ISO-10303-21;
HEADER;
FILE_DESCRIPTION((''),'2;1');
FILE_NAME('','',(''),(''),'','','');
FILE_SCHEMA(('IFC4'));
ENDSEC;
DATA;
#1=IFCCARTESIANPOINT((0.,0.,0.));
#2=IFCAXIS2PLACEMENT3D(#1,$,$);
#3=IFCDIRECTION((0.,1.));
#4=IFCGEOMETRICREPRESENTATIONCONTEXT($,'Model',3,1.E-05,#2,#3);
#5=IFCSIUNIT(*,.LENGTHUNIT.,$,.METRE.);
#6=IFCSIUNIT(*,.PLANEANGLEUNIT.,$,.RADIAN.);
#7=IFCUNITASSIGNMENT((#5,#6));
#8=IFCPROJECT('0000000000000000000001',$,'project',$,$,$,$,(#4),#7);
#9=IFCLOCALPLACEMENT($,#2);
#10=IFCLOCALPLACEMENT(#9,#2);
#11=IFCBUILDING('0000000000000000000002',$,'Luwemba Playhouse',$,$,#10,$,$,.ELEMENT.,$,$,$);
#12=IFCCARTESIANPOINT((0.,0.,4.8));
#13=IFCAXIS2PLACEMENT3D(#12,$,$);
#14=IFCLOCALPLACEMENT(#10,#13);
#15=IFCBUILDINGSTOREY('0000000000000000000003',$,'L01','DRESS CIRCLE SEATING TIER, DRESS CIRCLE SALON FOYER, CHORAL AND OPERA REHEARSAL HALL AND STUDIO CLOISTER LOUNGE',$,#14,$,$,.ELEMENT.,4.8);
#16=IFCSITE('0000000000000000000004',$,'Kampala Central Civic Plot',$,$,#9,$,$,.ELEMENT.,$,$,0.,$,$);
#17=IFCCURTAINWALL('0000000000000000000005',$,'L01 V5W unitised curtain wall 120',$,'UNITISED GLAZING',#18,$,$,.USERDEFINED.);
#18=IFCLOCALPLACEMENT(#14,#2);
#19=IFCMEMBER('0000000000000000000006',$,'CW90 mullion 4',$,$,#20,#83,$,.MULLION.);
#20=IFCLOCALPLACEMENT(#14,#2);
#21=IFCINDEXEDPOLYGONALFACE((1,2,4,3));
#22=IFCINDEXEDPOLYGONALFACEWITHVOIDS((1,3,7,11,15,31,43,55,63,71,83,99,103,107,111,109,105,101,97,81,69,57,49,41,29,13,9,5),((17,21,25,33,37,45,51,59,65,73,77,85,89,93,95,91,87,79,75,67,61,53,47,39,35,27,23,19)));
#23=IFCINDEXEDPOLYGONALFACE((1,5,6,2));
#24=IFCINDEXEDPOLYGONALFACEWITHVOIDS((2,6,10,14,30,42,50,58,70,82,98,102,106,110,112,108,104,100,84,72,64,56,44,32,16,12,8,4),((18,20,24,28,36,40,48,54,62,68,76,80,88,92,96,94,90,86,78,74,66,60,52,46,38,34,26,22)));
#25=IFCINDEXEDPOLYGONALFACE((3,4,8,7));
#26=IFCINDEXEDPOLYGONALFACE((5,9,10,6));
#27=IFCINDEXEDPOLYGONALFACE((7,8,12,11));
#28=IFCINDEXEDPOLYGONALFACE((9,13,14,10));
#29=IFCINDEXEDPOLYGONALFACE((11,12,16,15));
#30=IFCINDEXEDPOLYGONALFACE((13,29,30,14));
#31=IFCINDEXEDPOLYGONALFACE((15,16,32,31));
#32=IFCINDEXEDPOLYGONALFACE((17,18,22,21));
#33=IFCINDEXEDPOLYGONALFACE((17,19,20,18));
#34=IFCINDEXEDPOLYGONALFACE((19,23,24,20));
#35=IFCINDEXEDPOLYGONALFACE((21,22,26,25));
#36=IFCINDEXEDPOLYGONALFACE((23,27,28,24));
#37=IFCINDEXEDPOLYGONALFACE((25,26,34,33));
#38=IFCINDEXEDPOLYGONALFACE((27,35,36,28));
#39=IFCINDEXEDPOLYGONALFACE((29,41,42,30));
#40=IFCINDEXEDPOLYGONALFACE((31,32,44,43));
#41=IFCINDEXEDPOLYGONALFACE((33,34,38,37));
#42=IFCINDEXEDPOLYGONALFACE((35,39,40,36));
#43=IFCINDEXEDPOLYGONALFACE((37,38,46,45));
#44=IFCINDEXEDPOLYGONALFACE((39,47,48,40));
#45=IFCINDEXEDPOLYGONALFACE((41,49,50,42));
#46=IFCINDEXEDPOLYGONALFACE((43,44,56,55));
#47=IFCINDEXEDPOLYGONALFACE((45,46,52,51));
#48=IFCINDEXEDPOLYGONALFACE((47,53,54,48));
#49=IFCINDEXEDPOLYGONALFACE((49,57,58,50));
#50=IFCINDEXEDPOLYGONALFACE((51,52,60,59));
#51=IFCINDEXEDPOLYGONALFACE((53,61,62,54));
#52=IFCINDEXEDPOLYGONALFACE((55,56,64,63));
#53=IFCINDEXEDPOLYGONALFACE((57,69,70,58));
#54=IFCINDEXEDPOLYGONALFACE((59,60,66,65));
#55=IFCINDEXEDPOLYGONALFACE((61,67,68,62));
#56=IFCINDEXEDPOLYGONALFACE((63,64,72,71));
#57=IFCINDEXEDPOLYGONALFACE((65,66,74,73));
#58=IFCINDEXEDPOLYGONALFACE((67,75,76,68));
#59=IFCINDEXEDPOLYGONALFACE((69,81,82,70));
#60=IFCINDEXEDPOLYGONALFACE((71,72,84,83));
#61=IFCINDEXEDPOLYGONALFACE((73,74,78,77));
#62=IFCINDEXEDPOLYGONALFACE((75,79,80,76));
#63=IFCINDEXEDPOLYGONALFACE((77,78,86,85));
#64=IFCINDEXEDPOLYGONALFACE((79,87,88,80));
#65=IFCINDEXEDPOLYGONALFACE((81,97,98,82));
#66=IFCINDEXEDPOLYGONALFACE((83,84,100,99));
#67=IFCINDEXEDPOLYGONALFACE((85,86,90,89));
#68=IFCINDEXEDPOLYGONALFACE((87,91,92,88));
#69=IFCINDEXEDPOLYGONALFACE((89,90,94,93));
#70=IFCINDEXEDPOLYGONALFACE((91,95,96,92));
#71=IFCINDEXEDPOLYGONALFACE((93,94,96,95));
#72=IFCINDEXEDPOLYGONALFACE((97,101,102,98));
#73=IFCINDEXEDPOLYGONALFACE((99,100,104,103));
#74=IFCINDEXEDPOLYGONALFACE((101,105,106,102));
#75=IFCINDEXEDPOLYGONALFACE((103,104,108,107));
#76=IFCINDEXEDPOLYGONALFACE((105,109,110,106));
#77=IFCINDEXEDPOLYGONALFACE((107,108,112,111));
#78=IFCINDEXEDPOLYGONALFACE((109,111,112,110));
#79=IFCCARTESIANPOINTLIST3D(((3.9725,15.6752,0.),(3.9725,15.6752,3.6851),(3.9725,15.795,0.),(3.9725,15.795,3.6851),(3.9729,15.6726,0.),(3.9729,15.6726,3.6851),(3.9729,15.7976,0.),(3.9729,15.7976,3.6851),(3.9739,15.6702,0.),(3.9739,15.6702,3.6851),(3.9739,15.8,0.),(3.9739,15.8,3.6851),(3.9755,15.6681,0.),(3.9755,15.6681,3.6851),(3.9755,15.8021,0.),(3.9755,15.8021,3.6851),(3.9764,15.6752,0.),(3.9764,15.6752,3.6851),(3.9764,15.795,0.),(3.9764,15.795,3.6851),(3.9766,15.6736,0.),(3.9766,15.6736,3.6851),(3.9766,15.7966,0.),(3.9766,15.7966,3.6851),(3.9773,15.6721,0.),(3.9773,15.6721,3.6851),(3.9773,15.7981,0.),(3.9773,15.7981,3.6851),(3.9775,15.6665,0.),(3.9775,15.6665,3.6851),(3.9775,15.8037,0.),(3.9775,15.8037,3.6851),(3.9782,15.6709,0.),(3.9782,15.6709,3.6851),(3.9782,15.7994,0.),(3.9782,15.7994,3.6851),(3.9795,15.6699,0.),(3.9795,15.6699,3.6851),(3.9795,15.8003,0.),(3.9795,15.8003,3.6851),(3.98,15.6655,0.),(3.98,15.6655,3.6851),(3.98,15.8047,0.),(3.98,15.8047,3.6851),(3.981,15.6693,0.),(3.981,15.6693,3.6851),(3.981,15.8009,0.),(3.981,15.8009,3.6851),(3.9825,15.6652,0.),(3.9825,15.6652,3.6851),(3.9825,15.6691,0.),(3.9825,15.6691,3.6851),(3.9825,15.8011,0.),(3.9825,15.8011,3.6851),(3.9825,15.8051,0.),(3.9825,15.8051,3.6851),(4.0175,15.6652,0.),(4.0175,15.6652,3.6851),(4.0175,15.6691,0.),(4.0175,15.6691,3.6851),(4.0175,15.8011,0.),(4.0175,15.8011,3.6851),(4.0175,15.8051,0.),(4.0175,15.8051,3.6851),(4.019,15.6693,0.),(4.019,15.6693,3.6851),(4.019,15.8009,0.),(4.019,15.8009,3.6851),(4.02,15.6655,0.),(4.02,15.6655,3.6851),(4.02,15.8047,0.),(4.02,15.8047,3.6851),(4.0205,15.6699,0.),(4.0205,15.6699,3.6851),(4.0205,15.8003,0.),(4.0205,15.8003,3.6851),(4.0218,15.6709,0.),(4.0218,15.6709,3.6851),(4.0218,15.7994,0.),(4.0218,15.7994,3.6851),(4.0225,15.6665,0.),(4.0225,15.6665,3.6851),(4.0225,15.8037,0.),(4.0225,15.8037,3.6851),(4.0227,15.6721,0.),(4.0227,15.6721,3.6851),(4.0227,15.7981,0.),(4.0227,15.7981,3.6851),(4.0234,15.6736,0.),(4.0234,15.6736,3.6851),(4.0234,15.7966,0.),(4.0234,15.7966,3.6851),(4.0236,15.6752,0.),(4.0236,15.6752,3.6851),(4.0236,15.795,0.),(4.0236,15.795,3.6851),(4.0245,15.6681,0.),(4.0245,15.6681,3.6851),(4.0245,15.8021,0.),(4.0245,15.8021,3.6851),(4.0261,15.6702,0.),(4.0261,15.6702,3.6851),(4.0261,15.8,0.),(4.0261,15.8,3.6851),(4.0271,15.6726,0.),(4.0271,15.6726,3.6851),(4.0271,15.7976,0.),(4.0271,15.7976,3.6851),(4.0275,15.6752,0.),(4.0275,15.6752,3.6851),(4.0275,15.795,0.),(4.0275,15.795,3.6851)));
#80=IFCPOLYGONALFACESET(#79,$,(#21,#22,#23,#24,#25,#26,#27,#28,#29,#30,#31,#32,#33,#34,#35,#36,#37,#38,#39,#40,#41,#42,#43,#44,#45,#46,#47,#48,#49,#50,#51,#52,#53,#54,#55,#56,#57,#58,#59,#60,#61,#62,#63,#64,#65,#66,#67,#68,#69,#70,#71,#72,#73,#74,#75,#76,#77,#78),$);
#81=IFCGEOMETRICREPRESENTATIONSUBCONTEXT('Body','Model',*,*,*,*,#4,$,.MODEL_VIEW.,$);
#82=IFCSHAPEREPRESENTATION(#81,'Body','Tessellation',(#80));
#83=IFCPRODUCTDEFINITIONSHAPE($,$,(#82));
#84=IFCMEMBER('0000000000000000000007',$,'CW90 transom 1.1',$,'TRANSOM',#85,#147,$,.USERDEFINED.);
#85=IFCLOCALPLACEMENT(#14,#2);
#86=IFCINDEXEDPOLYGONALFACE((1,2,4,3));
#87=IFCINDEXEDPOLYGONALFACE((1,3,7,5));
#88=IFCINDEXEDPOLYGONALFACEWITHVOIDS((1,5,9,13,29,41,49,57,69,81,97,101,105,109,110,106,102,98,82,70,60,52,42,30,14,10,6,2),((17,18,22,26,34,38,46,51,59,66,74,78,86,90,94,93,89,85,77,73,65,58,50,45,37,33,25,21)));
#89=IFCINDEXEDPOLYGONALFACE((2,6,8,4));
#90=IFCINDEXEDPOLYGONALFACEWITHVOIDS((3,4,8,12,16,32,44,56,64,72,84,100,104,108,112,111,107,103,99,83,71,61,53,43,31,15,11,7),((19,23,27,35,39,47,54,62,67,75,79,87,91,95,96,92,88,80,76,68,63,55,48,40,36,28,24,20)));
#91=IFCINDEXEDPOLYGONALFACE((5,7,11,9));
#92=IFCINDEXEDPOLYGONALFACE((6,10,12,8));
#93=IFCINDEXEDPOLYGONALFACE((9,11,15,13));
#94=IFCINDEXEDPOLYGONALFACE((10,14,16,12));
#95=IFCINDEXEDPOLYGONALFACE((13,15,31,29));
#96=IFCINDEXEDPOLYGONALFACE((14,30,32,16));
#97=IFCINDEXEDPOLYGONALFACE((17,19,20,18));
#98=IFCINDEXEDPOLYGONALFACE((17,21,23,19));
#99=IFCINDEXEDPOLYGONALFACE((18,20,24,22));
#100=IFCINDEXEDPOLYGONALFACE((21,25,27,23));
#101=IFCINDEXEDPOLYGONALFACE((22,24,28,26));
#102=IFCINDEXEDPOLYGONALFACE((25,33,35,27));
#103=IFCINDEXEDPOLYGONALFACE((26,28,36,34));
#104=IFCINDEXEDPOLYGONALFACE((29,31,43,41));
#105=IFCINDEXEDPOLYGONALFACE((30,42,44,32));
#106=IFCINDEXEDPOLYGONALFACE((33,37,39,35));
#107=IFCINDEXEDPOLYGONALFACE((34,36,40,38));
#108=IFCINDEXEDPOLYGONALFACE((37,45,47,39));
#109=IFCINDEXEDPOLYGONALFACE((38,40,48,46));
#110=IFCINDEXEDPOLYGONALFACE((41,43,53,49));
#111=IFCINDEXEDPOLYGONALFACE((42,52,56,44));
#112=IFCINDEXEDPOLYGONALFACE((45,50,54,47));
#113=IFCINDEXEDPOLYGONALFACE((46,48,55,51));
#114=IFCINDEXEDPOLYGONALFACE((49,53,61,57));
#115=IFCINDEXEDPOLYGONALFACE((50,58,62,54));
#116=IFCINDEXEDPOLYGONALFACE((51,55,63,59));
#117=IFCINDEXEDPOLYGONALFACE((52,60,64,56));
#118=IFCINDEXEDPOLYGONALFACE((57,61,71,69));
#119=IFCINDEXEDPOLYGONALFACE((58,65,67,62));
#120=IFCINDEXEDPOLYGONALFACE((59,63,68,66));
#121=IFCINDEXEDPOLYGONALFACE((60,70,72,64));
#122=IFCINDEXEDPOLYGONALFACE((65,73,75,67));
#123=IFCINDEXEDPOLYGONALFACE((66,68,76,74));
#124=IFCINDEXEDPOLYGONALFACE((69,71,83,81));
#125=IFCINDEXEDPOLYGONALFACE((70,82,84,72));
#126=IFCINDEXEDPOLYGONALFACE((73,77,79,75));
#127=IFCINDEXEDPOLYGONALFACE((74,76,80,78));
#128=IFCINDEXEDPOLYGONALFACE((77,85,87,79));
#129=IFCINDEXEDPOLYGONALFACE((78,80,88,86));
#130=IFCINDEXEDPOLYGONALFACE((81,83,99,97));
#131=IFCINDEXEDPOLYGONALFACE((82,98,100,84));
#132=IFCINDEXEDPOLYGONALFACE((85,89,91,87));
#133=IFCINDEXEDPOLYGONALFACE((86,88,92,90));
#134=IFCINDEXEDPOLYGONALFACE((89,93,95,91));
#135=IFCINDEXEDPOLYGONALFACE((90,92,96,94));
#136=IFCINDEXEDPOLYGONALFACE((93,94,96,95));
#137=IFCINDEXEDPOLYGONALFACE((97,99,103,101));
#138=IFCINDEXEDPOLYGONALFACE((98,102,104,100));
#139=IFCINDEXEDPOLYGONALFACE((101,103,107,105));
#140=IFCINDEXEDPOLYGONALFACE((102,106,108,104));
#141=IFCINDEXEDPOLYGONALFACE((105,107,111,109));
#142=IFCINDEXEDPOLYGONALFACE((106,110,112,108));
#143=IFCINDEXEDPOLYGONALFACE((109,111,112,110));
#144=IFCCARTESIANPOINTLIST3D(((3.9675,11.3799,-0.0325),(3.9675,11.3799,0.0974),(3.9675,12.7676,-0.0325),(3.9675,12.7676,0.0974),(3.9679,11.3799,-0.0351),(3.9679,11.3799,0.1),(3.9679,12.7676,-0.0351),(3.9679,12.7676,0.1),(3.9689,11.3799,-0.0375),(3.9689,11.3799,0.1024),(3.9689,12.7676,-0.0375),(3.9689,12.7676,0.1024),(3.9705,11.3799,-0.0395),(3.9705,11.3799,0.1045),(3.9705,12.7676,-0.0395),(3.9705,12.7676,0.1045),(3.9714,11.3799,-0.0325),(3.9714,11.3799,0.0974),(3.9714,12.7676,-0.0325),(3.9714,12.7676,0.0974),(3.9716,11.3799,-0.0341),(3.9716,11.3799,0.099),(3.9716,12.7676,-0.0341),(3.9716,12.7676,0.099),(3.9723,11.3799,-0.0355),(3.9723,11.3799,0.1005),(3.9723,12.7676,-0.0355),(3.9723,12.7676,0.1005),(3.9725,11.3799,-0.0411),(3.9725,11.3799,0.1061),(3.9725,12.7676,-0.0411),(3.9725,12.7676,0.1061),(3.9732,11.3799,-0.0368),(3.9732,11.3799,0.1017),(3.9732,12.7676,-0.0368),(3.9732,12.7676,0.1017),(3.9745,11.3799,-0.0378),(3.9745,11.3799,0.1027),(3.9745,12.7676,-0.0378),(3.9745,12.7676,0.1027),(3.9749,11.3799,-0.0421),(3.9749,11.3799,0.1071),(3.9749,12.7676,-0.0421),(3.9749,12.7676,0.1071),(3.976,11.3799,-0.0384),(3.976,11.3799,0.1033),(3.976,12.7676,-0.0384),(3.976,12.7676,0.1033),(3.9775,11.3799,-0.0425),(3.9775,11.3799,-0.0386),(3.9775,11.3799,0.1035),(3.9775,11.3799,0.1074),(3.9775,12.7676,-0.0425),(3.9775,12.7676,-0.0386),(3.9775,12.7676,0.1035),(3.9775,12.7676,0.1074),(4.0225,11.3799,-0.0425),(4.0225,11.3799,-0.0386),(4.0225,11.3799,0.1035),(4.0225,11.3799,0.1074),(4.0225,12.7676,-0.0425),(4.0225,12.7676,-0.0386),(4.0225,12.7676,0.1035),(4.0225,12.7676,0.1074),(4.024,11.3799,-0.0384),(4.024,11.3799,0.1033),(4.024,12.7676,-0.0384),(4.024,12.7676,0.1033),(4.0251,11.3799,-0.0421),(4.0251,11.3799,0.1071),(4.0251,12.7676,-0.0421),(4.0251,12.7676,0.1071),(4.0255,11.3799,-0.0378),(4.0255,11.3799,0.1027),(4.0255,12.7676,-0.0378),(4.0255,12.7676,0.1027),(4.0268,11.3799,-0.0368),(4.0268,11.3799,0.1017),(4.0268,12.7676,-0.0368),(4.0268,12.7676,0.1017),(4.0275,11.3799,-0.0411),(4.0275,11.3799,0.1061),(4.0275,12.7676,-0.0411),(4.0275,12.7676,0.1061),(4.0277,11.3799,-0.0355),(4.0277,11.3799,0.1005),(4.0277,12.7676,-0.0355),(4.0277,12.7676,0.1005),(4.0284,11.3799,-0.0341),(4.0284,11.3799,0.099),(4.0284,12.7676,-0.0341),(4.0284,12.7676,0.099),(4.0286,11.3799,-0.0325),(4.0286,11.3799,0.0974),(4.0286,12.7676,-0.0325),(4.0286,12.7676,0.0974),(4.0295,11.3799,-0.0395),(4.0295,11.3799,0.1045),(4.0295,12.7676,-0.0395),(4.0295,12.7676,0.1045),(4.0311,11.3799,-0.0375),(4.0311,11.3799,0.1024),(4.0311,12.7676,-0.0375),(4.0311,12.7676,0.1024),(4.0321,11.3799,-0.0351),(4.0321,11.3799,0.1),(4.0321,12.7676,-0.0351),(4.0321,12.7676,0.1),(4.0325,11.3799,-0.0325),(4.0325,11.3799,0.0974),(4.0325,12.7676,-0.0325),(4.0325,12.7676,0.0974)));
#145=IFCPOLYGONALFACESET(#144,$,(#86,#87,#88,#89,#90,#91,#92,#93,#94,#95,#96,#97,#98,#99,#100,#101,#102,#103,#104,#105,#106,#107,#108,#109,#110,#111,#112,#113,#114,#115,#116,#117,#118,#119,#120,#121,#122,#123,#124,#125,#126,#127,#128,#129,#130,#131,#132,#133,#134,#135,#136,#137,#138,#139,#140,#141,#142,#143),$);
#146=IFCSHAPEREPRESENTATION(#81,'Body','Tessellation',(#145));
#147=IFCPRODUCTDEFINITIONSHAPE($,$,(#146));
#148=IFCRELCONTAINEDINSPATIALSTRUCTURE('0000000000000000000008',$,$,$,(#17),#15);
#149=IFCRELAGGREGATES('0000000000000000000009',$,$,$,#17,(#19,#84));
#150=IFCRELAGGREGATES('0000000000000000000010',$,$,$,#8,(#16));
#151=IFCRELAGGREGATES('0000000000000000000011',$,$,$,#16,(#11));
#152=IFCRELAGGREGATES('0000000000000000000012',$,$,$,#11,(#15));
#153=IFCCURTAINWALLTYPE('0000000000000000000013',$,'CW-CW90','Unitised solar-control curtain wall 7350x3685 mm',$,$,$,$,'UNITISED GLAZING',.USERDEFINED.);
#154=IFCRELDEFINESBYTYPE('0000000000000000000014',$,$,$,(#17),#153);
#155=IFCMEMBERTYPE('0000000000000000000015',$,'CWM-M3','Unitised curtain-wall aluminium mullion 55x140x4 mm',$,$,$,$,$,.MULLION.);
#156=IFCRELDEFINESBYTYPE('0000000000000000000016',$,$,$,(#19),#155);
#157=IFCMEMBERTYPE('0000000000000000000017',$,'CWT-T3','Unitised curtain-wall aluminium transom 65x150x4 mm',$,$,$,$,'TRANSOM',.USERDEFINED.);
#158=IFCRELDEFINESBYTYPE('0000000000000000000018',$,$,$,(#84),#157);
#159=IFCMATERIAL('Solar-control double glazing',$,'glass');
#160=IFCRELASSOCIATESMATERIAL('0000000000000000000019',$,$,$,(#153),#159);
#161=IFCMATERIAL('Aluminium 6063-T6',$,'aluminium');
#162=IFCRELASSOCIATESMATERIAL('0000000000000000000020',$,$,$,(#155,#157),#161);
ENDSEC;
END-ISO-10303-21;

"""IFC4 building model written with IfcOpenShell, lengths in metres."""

from ifc_helpers import new_model, si_unit, direction, frame, origin, origin_2d, place, context, subcontext, project, spatial, hollow_rectangle, extrude, material, material_profile, profile_set, type_object, element, aggregate, save


model = new_model("IFC4")

# Units and contexts
model_context = context("Model", 3, precision=1e-05, world=origin(), true_north=direction((0.0, 1.0)))
body_context = subcontext(model_context, "Body", "Model", "MODEL_VIEW")
ifc_project = project(units=[si_unit("LENGTHUNIT", "METRE"), si_unit("PLANEANGLEUNIT", "RADIAN")], contexts=[model_context])

# Site, building, storey
site_placement = place(None, origin())
site = spatial("IfcSite", under=ifc_project, at=site_placement, Name="Kampala Central Civic Plot", CompositionType="ELEMENT", RefElevation=0.0)
building_placement = place(site_placement, origin())
building = spatial("IfcBuilding", under=site, at=building_placement, Name="Luwemba Playhouse", CompositionType="ELEMENT")
storey_placement = place(building_placement, frame((0.0, 0.0, 4.8)))
storey = spatial("IfcBuildingStorey", under=building, at=storey_placement, Name="L01", Description="DRESS CIRCLE SEATING TIER, DRESS CIRCLE SALON FOYER, CHORAL AND OPERA REHEARSAL HALL AND STUDIO CLOISTER LOUNGE", CompositionType="ELEMENT", Elevation=4.8)

# Curtain wall, members
ifc_material_1 = material(Name="Solar-control double glazing", Category="glass")
curtain_wall_type = type_object("IfcCurtainWallType", Name="CW-CW90", Description="Unitised solar-control curtain wall 7350x3685 mm", ElementType="UNITISED GLAZING", PredefinedType="USERDEFINED", material=ifc_material_1)
curtain_wall_placement = place(storey_placement, origin())
curtain_wall = element("IfcCurtainWall", 1, at=curtain_wall_placement, inside=storey, type_object=curtain_wall_type, Name="L01 V5W unitised curtain wall 120", ObjectType="UNITISED GLAZING", PredefinedType="USERDEFINED")
ifc_material_2 = material(Name="Aluminium 6063-T6", Category="aluminium")
ifc_material_profile_1 = material_profile(ifc_material_2, hollow_rectangle(XDim=0.0549, YDim=0.1399, WallThickness=0.0039, InnerFilletRadius=0.0061, OuterFilletRadius=0.01, at=origin_2d()))
ifc_profile_set_1 = profile_set([ifc_material_profile_1], Name="Aluminium 6063-T6")
member_type_1 = type_object("IfcMemberType", Name="CWM-M3", Description="Unitised curtain-wall aluminium mullion 55x140x4 mm", PredefinedType="MULLION", material=ifc_profile_set_1)
member_1_placement = place(storey_placement, frame((4.0, 15.7351, 0.0), z_axis=(0.0, 0.0, 1.0), x_axis=(-1.0, 0.0, 0.0)))
member_1 = element("IfcMember", 2, at=member_1_placement, type_object=member_type_1, Name="CW90 mullion 4", PredefinedType="MULLION", context=body_context, shape_type="SweptSolid", body=[
    extrude(hollow_rectangle(XDim=0.0549, YDim=0.1399, WallThickness=0.0039, InnerFilletRadius=0.0061, OuterFilletRadius=0.01, at=origin_2d()), origin(), (0.0, 0.0, 1.0), 3.6851),
])
ifc_material_profile_2 = material_profile(ifc_material_2, hollow_rectangle(XDim=0.0649, YDim=0.1499, WallThickness=0.0039, InnerFilletRadius=0.0061, OuterFilletRadius=0.01, at=origin_2d()))
ifc_profile_set_2 = profile_set([ifc_material_profile_2], Name="Aluminium 6063-T6")
member_type_2 = type_object("IfcMemberType", Name="CWT-T3", Description="Unitised curtain-wall aluminium transom 65x150x4 mm", ElementType="TRANSOM", PredefinedType="USERDEFINED", material=ifc_profile_set_2)
member_2_placement = place(storey_placement, frame((4.0, 11.3799, 0.0325), z_axis=(0.0, 1.0, 0.0), x_axis=(-1.0, 0.0, 0.0)))
member_2 = element("IfcMember", 3, at=member_2_placement, type_object=member_type_2, Name="CW90 transom 1.1", ObjectType="TRANSOM", PredefinedType="USERDEFINED", context=body_context, shape_type="SweptSolid", body=[
    extrude(hollow_rectangle(XDim=0.0649, YDim=0.1499, WallThickness=0.0039, InnerFilletRadius=0.0061, OuterFilletRadius=0.01, at=origin_2d()), origin(), (0.0, 0.0, 1.0), 1.3877),
])
aggregate(curtain_wall, [member_1, member_2])

save(model, "model.ifc")
